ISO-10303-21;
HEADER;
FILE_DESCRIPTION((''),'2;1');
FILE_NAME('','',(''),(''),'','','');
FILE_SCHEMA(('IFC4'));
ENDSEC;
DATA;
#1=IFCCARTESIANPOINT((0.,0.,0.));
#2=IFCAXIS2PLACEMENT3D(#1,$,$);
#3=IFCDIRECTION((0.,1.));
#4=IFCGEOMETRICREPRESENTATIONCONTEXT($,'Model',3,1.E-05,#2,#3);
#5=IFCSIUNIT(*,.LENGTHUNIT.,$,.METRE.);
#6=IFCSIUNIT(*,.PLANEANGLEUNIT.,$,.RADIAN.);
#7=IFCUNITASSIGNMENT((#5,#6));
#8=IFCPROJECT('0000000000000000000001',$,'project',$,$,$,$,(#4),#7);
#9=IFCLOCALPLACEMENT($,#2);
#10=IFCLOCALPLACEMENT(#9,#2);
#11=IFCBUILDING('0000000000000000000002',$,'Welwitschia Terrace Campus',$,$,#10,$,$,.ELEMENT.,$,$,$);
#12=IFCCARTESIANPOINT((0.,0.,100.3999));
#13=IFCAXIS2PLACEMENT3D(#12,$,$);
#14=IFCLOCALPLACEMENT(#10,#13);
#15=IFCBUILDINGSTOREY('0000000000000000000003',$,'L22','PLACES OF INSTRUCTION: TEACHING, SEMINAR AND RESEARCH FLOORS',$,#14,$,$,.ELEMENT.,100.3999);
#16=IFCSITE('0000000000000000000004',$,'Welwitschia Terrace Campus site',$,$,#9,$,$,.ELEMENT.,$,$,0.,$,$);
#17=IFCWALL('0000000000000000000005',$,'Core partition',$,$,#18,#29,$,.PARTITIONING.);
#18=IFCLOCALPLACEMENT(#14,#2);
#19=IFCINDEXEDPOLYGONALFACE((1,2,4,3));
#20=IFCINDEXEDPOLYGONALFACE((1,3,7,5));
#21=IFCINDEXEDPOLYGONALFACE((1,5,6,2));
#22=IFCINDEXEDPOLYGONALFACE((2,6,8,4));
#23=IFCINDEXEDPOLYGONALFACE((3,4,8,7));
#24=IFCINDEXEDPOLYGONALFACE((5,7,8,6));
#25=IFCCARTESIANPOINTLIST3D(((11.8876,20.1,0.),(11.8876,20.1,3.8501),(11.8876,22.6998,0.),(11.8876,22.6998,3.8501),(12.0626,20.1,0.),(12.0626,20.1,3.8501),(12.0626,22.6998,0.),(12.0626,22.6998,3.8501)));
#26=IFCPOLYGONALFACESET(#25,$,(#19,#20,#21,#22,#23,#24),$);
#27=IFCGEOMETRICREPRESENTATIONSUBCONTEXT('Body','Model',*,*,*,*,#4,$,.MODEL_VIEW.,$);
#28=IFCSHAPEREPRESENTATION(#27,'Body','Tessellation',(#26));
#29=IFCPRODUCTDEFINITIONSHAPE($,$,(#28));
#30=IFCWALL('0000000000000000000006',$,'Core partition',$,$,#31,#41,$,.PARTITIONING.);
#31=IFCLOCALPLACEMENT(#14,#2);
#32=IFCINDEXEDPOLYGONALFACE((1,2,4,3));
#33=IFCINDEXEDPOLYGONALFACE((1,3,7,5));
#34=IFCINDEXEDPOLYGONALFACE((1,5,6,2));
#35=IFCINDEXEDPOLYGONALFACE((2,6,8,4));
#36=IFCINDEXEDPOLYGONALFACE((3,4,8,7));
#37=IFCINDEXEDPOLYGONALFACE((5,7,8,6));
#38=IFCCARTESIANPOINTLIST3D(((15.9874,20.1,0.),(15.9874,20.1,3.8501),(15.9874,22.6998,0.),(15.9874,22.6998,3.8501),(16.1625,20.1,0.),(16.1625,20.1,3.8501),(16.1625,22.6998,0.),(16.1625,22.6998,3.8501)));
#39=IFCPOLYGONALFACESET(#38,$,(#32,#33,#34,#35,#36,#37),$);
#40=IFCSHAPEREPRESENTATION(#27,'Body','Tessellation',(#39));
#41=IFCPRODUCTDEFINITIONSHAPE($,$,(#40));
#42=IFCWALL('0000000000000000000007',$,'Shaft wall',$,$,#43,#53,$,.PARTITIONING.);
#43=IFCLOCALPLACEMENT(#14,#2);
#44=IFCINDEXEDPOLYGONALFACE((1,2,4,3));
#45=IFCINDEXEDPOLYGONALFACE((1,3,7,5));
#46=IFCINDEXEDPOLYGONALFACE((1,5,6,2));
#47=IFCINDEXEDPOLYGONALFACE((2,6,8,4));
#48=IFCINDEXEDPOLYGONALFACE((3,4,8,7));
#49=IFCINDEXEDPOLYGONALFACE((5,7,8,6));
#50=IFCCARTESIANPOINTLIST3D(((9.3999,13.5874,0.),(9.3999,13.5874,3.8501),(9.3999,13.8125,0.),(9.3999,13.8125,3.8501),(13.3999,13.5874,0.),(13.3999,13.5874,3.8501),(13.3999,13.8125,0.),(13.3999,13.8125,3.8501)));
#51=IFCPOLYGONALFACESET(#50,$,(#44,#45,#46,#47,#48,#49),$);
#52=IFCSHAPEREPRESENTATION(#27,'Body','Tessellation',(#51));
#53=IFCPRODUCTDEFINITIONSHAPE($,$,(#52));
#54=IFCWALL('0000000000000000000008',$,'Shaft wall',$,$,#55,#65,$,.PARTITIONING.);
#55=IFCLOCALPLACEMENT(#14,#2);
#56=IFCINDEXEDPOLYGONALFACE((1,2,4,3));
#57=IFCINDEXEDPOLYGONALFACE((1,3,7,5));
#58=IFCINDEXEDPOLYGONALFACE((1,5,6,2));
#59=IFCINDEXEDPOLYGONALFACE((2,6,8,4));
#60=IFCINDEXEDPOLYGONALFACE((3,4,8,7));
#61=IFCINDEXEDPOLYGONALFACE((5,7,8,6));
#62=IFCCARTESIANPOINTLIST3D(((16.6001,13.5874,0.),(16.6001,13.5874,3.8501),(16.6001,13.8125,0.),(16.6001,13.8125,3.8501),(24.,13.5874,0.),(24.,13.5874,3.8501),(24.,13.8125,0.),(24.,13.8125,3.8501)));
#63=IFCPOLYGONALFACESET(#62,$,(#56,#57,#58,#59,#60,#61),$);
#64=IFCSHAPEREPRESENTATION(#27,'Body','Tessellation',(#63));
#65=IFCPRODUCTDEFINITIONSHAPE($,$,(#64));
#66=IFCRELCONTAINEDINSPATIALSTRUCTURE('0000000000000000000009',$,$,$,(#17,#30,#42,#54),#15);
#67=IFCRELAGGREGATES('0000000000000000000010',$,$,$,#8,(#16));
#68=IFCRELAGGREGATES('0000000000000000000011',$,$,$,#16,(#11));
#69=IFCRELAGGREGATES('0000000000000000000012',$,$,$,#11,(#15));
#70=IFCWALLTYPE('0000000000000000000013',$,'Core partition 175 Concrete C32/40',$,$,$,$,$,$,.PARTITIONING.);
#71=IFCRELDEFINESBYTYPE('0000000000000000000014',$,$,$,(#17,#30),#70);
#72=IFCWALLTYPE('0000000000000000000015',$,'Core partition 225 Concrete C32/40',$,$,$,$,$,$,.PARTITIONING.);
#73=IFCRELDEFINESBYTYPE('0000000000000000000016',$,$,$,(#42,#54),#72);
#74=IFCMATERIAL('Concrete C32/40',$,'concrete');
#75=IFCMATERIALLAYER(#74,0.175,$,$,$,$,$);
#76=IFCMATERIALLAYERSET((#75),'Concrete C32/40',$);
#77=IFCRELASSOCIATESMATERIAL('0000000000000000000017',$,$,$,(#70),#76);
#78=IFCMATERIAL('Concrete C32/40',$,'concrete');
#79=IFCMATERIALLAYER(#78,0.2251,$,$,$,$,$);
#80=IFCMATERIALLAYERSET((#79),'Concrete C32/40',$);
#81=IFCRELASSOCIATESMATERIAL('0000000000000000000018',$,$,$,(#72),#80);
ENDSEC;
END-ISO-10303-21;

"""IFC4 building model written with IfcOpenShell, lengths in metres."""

from ifc_helpers import new_model, si_unit, direction, frame, frame_2d, origin, place, context, subcontext, project, spatial, rectangle, extrude, material, layer, layer_set, type_object, element, save


model = new_model("IFC4")

# Units and contexts
model_context = context("Model", 3, precision=1e-05, world=origin(), true_north=direction((0.0, 1.0)))
body_context = subcontext(model_context, "Body", "Model", "MODEL_VIEW")
ifc_project = project(units=[si_unit("LENGTHUNIT", "METRE"), si_unit("PLANEANGLEUNIT", "RADIAN")], contexts=[model_context])

# Site, building, storey
site_placement = place(None, origin())
site = spatial("IfcSite", under=ifc_project, at=site_placement, Name="Welwitschia Terrace Campus site", CompositionType="ELEMENT", RefElevation=0.0)
building_placement = place(site_placement, origin())
building = spatial("IfcBuilding", under=site, at=building_placement, Name="Welwitschia Terrace Campus", CompositionType="ELEMENT")
storey_placement = place(building_placement, frame((0.0, 0.0, 100.3999)))
storey = spatial("IfcBuildingStorey", under=building, at=storey_placement, Name="L22", Description="PLACES OF INSTRUCTION: TEACHING, SEMINAR AND RESEARCH FLOORS", CompositionType="ELEMENT", Elevation=100.3999)

# Walls
ifc_material_1 = material(Name="Concrete C32/40", Category="concrete")
ifc_layer_1 = layer(ifc_material_1, 0.175)
ifc_layer_set_1 = layer_set([ifc_layer_1], Name="Concrete C32/40")
wall_type_1 = type_object("IfcWallType", Name="Core partition 175 Concrete C32/40", PredefinedType="PARTITIONING", material=ifc_layer_set_1)
for number, where, z_axis, x_axis, name in (
    (1, (11.9751, 20.1001, 0.0), (0.0, 0.0, 1.0), (0.0, 1.0, 0.0), "Core partition"),
    (2, (16.075, 20.1001, 0.0), (0.0, 0.0, 1.0), (0.0, 1.0, 0.0), "Core partition"),
):
    element("IfcWall", number, at=place(storey_placement, frame(where, z_axis=z_axis, x_axis=x_axis)), inside=storey, type_object=wall_type_1, Name=name, PredefinedType="PARTITIONING", context=body_context, shape_type="SweptSolid", body=[
        extrude(rectangle(XDim=2.5999, YDim=0.175, at=frame_2d((1.2998, 0.0))), origin(), (0.0, 0.0, 1.0), 3.8501),
    ])
ifc_material_2 = material(Name="Concrete C32/40", Category="concrete")
ifc_layer_2 = layer(ifc_material_2, 0.2251)
ifc_layer_set_2 = layer_set([ifc_layer_2], Name="Concrete C32/40")
wall_type_2 = type_object("IfcWallType", Name="Core partition 225 Concrete C32/40", PredefinedType="PARTITIONING", material=ifc_layer_set_2)
wall_1_placement = place(storey_placement, frame((9.3999, 13.7, 0.0), z_axis=(0.0, 0.0, 1.0), x_axis=(1.0, 0.0, 0.0)))
element("IfcWall", 3, at=wall_1_placement, inside=storey, type_object=wall_type_2, Name="Shaft wall", PredefinedType="PARTITIONING", context=body_context, shape_type="SweptSolid", body=[
    extrude(rectangle(XDim=4.0, YDim=0.2251, at=frame_2d((2.0, 0.0))), origin(), (0.0, 0.0, 1.0), 3.8501),
])
wall_2_placement = place(storey_placement, frame((16.6001, 13.7, 0.0), z_axis=(0.0, 0.0, 1.0), x_axis=(1.0, 0.0, 0.0)))
element("IfcWall", 4, at=wall_2_placement, inside=storey, type_object=wall_type_2, Name="Shaft wall", PredefinedType="PARTITIONING", context=body_context, shape_type="SweptSolid", body=[
    extrude(rectangle(XDim=7.3999, YDim=0.2251, at=frame_2d((3.7, 0.0))), origin(), (0.0, 0.0, 1.0), 3.8501),
])

save(model, "model.ifc")
